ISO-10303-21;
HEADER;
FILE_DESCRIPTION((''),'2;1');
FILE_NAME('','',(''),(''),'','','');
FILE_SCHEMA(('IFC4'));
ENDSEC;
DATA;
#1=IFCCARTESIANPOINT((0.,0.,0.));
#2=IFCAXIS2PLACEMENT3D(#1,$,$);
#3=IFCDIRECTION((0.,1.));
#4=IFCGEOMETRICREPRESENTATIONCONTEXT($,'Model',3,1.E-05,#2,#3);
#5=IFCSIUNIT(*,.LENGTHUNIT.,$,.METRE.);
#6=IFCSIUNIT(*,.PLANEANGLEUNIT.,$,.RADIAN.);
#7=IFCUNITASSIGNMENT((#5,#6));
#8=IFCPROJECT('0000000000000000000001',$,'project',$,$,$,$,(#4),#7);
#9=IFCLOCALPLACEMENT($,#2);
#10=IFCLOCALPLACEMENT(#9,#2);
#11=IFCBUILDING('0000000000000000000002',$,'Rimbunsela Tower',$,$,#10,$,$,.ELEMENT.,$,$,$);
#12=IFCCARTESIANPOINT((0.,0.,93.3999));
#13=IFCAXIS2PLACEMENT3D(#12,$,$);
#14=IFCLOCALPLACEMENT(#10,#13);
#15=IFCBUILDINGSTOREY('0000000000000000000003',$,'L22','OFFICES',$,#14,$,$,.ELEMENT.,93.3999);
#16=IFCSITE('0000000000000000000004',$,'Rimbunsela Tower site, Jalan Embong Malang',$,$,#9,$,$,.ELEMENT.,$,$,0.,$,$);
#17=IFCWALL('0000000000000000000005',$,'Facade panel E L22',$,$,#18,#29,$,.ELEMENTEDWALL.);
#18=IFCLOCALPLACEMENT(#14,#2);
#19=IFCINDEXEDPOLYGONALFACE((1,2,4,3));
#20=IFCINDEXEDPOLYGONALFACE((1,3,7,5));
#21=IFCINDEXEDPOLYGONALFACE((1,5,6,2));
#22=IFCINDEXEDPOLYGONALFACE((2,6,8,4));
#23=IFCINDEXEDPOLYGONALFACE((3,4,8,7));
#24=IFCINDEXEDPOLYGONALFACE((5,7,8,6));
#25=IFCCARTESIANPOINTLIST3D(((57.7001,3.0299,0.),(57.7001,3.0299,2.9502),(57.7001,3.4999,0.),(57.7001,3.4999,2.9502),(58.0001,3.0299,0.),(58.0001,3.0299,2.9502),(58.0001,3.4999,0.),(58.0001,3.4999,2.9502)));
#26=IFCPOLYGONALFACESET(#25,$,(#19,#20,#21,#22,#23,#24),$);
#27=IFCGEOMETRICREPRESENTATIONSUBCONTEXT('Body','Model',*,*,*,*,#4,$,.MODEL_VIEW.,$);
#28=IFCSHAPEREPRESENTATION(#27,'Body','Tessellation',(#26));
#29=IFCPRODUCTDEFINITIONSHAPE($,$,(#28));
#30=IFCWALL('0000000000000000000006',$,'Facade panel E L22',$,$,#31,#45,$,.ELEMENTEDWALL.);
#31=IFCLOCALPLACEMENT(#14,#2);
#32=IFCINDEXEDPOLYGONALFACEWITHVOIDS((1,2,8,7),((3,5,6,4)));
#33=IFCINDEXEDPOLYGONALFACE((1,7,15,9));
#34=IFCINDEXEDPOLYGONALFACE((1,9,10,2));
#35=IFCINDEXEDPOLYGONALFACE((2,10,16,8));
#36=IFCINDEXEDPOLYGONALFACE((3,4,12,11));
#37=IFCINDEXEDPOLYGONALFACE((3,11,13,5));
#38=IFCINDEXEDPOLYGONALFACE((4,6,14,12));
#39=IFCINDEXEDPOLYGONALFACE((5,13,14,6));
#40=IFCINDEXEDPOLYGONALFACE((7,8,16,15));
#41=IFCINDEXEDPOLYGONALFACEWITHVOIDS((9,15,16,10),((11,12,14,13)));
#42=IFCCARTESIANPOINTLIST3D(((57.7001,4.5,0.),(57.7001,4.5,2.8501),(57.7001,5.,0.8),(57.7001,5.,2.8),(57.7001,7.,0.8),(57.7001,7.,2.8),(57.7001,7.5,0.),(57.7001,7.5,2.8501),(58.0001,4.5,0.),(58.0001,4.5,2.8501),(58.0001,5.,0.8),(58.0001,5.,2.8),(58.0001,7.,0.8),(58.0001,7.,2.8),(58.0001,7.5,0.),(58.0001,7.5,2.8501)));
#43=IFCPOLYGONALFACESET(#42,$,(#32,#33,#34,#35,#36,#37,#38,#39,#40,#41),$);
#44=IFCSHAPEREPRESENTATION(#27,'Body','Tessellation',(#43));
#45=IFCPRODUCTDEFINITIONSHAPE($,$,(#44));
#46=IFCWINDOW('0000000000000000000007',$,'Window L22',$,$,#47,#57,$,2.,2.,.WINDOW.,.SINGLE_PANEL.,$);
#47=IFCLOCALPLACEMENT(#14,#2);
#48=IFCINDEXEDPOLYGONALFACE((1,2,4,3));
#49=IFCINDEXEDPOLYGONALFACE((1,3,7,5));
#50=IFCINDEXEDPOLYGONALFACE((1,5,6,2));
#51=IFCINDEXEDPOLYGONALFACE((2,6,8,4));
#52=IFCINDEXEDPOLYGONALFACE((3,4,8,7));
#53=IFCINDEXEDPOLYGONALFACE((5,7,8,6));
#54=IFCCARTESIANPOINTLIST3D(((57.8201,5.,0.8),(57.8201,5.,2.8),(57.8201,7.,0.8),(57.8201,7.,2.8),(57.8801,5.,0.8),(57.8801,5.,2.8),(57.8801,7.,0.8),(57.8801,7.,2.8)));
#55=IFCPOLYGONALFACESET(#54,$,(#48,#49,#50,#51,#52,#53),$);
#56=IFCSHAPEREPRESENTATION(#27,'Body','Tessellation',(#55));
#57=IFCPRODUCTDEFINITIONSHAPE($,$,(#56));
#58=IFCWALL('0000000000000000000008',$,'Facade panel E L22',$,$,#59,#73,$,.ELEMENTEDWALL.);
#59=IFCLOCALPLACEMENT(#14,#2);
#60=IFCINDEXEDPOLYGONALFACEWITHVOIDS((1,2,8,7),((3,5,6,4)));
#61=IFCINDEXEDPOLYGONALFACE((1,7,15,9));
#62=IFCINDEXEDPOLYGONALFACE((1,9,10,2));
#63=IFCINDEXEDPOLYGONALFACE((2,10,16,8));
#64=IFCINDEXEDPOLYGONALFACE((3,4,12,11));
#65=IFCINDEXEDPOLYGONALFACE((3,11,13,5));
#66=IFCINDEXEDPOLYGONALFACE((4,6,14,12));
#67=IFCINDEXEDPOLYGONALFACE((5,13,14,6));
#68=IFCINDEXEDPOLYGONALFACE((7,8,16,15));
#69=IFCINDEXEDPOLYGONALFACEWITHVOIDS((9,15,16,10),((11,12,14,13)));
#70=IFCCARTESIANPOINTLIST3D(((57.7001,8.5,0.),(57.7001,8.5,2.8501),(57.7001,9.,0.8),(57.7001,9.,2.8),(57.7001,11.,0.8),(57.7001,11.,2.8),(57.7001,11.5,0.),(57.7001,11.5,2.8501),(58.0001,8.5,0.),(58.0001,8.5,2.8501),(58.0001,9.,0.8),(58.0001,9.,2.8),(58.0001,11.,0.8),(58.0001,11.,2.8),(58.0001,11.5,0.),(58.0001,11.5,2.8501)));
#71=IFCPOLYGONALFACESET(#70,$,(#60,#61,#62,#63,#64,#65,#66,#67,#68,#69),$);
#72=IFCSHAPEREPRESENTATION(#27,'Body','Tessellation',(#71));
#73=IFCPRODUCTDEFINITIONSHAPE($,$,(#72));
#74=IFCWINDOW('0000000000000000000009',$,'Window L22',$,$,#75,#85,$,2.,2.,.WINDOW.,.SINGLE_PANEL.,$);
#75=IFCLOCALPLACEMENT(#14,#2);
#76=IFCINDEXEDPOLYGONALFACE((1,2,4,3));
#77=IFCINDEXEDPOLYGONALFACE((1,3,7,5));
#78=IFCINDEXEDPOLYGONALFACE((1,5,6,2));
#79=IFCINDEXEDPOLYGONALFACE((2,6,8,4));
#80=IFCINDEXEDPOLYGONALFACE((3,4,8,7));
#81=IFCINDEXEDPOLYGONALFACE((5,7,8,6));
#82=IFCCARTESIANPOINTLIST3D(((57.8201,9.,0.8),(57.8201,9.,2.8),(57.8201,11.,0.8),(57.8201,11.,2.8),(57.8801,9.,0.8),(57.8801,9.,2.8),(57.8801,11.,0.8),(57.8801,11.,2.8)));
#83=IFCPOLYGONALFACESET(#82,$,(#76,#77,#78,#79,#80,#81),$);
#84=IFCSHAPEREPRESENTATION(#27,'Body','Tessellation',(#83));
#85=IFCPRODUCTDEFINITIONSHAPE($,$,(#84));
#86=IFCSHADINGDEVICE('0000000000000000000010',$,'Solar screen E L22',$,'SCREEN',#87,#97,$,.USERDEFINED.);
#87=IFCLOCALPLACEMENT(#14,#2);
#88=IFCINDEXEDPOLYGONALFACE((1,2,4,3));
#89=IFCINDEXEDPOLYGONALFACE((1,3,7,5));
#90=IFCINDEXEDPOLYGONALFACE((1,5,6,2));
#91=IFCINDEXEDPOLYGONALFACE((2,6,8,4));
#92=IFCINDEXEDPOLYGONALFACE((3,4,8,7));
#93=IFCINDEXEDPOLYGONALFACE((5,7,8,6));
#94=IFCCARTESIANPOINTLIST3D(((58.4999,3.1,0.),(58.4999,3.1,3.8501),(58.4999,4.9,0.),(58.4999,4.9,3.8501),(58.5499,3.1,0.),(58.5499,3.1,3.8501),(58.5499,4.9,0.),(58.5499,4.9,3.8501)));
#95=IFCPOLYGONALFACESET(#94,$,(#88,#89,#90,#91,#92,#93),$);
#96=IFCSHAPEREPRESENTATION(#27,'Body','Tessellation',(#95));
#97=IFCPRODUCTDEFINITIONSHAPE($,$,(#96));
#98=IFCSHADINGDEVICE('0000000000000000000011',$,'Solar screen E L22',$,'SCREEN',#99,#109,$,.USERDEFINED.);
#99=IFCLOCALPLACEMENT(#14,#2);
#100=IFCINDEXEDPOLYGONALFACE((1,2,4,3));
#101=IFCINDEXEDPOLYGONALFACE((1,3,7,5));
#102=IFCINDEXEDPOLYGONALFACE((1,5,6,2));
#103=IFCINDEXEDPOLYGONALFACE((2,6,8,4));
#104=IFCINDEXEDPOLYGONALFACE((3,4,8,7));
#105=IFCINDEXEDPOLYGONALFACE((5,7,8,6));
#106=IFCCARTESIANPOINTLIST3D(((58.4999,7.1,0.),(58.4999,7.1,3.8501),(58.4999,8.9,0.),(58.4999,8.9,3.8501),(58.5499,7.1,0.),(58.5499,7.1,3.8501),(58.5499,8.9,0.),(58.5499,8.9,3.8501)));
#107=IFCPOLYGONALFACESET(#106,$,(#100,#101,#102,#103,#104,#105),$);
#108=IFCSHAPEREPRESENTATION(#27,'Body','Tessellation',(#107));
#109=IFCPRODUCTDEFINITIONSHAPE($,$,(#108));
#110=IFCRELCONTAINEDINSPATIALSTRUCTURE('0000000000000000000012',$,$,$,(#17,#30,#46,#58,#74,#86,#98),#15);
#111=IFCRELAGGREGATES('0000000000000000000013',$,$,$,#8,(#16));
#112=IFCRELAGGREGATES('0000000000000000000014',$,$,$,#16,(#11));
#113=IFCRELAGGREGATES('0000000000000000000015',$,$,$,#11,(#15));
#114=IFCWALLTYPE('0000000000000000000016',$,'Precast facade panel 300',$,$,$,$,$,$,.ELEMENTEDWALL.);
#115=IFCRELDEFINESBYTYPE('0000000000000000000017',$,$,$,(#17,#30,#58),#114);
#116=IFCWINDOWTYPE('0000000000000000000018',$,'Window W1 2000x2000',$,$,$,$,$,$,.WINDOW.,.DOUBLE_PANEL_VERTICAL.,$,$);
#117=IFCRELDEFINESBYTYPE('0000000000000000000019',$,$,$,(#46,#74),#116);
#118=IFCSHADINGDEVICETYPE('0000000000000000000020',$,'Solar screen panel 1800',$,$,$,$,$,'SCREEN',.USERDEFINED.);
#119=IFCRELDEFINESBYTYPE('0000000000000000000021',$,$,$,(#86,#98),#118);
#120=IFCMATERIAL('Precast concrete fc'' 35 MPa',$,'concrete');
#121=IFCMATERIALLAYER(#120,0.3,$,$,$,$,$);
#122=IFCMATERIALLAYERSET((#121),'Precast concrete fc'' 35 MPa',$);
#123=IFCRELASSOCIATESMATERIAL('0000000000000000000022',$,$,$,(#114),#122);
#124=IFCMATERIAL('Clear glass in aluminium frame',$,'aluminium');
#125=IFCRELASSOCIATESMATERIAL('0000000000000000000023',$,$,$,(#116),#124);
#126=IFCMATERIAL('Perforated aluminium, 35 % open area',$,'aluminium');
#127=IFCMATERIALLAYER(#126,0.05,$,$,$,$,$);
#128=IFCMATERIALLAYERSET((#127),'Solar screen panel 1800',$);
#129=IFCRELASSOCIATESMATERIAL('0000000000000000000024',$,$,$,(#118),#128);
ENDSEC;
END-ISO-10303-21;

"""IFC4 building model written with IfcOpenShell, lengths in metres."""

from ifc_helpers import new_model, si_unit, direction, frame, frame_2d, origin, origin_2d, place, context, subcontext, project, spatial, rectangle, extrude, material, layer, layer_set, type_object, element, fill, save


model = new_model("IFC4")

# Units and contexts
model_context = context("Model", 3, precision=1e-05, world=origin(), true_north=direction((0.0, 1.0)))
body_context = subcontext(model_context, "Body", "Model", "MODEL_VIEW")
ifc_project = project(units=[si_unit("LENGTHUNIT", "METRE"), si_unit("PLANEANGLEUNIT", "RADIAN")], contexts=[model_context])

# Site, building, storey
site_placement = place(None, origin())
site = spatial("IfcSite", under=ifc_project, at=site_placement, Name="Rimbunsela Tower site, Jalan Embong Malang", CompositionType="ELEMENT", RefElevation=0.0)
building_placement = place(site_placement, origin())
building = spatial("IfcBuilding", under=site, at=building_placement, Name="Rimbunsela Tower", CompositionType="ELEMENT")
storey_placement = place(building_placement, frame((0.0, 0.0, 93.3999)))
storey = spatial("IfcBuildingStorey", under=building, at=storey_placement, Name="L22", Description="OFFICES", CompositionType="ELEMENT", Elevation=93.3999)

# Wall
ifc_material_1 = material(Name="Precast concrete fc' 35 MPa", Category="concrete")
ifc_layer_1 = layer(ifc_material_1, 0.3)
ifc_layer_set_1 = layer_set([ifc_layer_1], Name="Precast concrete fc' 35 MPa")
wall_type_1 = type_object("IfcWallType", Name="Precast facade panel 300", PredefinedType="ELEMENTEDWALL", material=ifc_layer_set_1)
wall_1_placement = place(storey_placement, frame((57.8501, 3.03, 0.0), z_axis=(0.0, 0.0, 1.0), x_axis=(0.0, 1.0, 0.0)))
element("IfcWall", 1, at=wall_1_placement, inside=storey, type_object=wall_type_1, Name="Facade panel E L22", PredefinedType="ELEMENTEDWALL", context=body_context, shape_type="SweptSolid", body=[
    extrude(rectangle(XDim=0.47, YDim=0.3, at=frame_2d((0.2349, 0.0))), origin(), (0.0, 0.0, 1.0), 2.9502),
])

# Walls, openings, windows
wall_2_placement = place(storey_placement, frame((57.8501, 4.5, 0.0), z_axis=(0.0, 0.0, 1.0), x_axis=(0.0, 1.0, 0.0)))
wall_2 = element("IfcWall", 2, at=wall_2_placement, inside=storey, type_object=wall_type_1, Name="Facade panel E L22", PredefinedType="ELEMENTEDWALL", context=body_context, shape_type="SweptSolid", body=[
    extrude(rectangle(XDim=3.0, YDim=0.3, at=frame_2d((1.5, 0.0))), origin(), (0.0, 0.0, 1.0), 2.8501),
])
opening_1_placement = place(wall_2_placement, frame((0.5, 0.0, 0.8)))
opening_1 = element("IfcOpeningElement", 3, at=opening_1_placement, cuts=wall_2, PredefinedType="OPENING", context=body_context, shape_type="SweptSolid", body=[
    extrude(rectangle(XDim=2.0, YDim=2.0, at=frame_2d((1.0, 1.0))), frame((0.0, 0.1599, 0.0), z_axis=(0.0, -1.0, 0.0), x_axis=(1.0, 0.0, 0.0)), (0.0, 0.0, 1.0), 0.3201),
])
ifc_material_2 = material(Name="Clear glass in aluminium frame", Category="aluminium")
window_type = type_object("IfcWindowType", Name="Window W1 2000x2000", PartitioningType="DOUBLE_PANEL_VERTICAL", PredefinedType="WINDOW", material=ifc_material_2)
window_1_placement = place(opening_1_placement, origin())
window_1 = element("IfcWindow", 4, at=window_1_placement, inside=storey, type_object=window_type, Name="Window L22", OverallHeight=2.0, OverallWidth=2.0, PartitioningType="SINGLE_PANEL", PredefinedType="WINDOW", context=body_context, shape_type="SweptSolid", body=[
    extrude(rectangle(XDim=2.0, YDim=2.0, at=frame_2d((1.0, 1.0))), frame((0.0, 0.03, 0.0), z_axis=(0.0, -1.0, 0.0), x_axis=(1.0, 0.0, 0.0)), (0.0, 0.0, 1.0), 0.0601),
])
fill(opening_1, window_1)
wall_3_placement = place(storey_placement, frame((57.8501, 8.5, 0.0), z_axis=(0.0, 0.0, 1.0), x_axis=(0.0, 1.0, 0.0)))
wall_3 = element("IfcWall", 5, at=wall_3_placement, inside=storey, type_object=wall_type_1, Name="Facade panel E L22", PredefinedType="ELEMENTEDWALL", context=body_context, shape_type="SweptSolid", body=[
    extrude(rectangle(XDim=3.0, YDim=0.3, at=frame_2d((1.5, 0.0))), origin(), (0.0, 0.0, 1.0), 2.8501),
])
opening_2_placement = place(wall_3_placement, frame((0.5, 0.0, 0.8)))
opening_2 = element("IfcOpeningElement", 6, at=opening_2_placement, cuts=wall_3, PredefinedType="OPENING", context=body_context, shape_type="SweptSolid", body=[
    extrude(rectangle(XDim=2.0, YDim=2.0, at=frame_2d((1.0, 1.0))), frame((0.0, 0.1599, 0.0), z_axis=(0.0, -1.0, 0.0), x_axis=(1.0, 0.0, 0.0)), (0.0, 0.0, 1.0), 0.3201),
])
window_2_placement = place(opening_2_placement, origin())
window_2 = element("IfcWindow", 7, at=window_2_placement, inside=storey, type_object=window_type, Name="Window L22", OverallHeight=2.0, OverallWidth=2.0, PartitioningType="SINGLE_PANEL", PredefinedType="WINDOW", context=body_context, shape_type="SweptSolid", body=[
    extrude(rectangle(XDim=2.0, YDim=2.0, at=frame_2d((1.0, 1.0))), frame((0.0, 0.03, 0.0), z_axis=(0.0, -1.0, 0.0), x_axis=(1.0, 0.0, 0.0)), (0.0, 0.0, 1.0), 0.0601),
])
fill(opening_2, window_2)

# Shading devices
ifc_material_3 = material(Name="Perforated aluminium, 35 % open area", Category="aluminium")
ifc_layer_2 = layer(ifc_material_3, 0.05)
ifc_layer_set_2 = layer_set([ifc_layer_2], Name="Solar screen panel 1800")
shading_device_type = type_object("IfcShadingDeviceType", Name="Solar screen panel 1800", ElementType="SCREEN", PredefinedType="USERDEFINED", material=ifc_layer_set_2)
for number, where, z_axis, x_axis, name in (
    (8, (58.5249, 4.0, 0.0), (0.0, 0.0, 1.0), (0.0, 1.0, 0.0), "Solar screen E L22"),
    (9, (58.5249, 8.0, 0.0), (0.0, 0.0, 1.0), (0.0, 1.0, 0.0), "Solar screen E L22"),
):
    element("IfcShadingDevice", number, at=place(storey_placement, frame(where, z_axis=z_axis, x_axis=x_axis)), inside=storey, type_object=shading_device_type, Name=name, ObjectType="SCREEN", PredefinedType="USERDEFINED", context=body_context, shape_type="SweptSolid", body=[
        extrude(rectangle(XDim=1.8, YDim=0.05, at=origin_2d()), origin(), (0.0, 0.0, 1.0), 3.8501),
    ])

save(model, "model.ifc")
